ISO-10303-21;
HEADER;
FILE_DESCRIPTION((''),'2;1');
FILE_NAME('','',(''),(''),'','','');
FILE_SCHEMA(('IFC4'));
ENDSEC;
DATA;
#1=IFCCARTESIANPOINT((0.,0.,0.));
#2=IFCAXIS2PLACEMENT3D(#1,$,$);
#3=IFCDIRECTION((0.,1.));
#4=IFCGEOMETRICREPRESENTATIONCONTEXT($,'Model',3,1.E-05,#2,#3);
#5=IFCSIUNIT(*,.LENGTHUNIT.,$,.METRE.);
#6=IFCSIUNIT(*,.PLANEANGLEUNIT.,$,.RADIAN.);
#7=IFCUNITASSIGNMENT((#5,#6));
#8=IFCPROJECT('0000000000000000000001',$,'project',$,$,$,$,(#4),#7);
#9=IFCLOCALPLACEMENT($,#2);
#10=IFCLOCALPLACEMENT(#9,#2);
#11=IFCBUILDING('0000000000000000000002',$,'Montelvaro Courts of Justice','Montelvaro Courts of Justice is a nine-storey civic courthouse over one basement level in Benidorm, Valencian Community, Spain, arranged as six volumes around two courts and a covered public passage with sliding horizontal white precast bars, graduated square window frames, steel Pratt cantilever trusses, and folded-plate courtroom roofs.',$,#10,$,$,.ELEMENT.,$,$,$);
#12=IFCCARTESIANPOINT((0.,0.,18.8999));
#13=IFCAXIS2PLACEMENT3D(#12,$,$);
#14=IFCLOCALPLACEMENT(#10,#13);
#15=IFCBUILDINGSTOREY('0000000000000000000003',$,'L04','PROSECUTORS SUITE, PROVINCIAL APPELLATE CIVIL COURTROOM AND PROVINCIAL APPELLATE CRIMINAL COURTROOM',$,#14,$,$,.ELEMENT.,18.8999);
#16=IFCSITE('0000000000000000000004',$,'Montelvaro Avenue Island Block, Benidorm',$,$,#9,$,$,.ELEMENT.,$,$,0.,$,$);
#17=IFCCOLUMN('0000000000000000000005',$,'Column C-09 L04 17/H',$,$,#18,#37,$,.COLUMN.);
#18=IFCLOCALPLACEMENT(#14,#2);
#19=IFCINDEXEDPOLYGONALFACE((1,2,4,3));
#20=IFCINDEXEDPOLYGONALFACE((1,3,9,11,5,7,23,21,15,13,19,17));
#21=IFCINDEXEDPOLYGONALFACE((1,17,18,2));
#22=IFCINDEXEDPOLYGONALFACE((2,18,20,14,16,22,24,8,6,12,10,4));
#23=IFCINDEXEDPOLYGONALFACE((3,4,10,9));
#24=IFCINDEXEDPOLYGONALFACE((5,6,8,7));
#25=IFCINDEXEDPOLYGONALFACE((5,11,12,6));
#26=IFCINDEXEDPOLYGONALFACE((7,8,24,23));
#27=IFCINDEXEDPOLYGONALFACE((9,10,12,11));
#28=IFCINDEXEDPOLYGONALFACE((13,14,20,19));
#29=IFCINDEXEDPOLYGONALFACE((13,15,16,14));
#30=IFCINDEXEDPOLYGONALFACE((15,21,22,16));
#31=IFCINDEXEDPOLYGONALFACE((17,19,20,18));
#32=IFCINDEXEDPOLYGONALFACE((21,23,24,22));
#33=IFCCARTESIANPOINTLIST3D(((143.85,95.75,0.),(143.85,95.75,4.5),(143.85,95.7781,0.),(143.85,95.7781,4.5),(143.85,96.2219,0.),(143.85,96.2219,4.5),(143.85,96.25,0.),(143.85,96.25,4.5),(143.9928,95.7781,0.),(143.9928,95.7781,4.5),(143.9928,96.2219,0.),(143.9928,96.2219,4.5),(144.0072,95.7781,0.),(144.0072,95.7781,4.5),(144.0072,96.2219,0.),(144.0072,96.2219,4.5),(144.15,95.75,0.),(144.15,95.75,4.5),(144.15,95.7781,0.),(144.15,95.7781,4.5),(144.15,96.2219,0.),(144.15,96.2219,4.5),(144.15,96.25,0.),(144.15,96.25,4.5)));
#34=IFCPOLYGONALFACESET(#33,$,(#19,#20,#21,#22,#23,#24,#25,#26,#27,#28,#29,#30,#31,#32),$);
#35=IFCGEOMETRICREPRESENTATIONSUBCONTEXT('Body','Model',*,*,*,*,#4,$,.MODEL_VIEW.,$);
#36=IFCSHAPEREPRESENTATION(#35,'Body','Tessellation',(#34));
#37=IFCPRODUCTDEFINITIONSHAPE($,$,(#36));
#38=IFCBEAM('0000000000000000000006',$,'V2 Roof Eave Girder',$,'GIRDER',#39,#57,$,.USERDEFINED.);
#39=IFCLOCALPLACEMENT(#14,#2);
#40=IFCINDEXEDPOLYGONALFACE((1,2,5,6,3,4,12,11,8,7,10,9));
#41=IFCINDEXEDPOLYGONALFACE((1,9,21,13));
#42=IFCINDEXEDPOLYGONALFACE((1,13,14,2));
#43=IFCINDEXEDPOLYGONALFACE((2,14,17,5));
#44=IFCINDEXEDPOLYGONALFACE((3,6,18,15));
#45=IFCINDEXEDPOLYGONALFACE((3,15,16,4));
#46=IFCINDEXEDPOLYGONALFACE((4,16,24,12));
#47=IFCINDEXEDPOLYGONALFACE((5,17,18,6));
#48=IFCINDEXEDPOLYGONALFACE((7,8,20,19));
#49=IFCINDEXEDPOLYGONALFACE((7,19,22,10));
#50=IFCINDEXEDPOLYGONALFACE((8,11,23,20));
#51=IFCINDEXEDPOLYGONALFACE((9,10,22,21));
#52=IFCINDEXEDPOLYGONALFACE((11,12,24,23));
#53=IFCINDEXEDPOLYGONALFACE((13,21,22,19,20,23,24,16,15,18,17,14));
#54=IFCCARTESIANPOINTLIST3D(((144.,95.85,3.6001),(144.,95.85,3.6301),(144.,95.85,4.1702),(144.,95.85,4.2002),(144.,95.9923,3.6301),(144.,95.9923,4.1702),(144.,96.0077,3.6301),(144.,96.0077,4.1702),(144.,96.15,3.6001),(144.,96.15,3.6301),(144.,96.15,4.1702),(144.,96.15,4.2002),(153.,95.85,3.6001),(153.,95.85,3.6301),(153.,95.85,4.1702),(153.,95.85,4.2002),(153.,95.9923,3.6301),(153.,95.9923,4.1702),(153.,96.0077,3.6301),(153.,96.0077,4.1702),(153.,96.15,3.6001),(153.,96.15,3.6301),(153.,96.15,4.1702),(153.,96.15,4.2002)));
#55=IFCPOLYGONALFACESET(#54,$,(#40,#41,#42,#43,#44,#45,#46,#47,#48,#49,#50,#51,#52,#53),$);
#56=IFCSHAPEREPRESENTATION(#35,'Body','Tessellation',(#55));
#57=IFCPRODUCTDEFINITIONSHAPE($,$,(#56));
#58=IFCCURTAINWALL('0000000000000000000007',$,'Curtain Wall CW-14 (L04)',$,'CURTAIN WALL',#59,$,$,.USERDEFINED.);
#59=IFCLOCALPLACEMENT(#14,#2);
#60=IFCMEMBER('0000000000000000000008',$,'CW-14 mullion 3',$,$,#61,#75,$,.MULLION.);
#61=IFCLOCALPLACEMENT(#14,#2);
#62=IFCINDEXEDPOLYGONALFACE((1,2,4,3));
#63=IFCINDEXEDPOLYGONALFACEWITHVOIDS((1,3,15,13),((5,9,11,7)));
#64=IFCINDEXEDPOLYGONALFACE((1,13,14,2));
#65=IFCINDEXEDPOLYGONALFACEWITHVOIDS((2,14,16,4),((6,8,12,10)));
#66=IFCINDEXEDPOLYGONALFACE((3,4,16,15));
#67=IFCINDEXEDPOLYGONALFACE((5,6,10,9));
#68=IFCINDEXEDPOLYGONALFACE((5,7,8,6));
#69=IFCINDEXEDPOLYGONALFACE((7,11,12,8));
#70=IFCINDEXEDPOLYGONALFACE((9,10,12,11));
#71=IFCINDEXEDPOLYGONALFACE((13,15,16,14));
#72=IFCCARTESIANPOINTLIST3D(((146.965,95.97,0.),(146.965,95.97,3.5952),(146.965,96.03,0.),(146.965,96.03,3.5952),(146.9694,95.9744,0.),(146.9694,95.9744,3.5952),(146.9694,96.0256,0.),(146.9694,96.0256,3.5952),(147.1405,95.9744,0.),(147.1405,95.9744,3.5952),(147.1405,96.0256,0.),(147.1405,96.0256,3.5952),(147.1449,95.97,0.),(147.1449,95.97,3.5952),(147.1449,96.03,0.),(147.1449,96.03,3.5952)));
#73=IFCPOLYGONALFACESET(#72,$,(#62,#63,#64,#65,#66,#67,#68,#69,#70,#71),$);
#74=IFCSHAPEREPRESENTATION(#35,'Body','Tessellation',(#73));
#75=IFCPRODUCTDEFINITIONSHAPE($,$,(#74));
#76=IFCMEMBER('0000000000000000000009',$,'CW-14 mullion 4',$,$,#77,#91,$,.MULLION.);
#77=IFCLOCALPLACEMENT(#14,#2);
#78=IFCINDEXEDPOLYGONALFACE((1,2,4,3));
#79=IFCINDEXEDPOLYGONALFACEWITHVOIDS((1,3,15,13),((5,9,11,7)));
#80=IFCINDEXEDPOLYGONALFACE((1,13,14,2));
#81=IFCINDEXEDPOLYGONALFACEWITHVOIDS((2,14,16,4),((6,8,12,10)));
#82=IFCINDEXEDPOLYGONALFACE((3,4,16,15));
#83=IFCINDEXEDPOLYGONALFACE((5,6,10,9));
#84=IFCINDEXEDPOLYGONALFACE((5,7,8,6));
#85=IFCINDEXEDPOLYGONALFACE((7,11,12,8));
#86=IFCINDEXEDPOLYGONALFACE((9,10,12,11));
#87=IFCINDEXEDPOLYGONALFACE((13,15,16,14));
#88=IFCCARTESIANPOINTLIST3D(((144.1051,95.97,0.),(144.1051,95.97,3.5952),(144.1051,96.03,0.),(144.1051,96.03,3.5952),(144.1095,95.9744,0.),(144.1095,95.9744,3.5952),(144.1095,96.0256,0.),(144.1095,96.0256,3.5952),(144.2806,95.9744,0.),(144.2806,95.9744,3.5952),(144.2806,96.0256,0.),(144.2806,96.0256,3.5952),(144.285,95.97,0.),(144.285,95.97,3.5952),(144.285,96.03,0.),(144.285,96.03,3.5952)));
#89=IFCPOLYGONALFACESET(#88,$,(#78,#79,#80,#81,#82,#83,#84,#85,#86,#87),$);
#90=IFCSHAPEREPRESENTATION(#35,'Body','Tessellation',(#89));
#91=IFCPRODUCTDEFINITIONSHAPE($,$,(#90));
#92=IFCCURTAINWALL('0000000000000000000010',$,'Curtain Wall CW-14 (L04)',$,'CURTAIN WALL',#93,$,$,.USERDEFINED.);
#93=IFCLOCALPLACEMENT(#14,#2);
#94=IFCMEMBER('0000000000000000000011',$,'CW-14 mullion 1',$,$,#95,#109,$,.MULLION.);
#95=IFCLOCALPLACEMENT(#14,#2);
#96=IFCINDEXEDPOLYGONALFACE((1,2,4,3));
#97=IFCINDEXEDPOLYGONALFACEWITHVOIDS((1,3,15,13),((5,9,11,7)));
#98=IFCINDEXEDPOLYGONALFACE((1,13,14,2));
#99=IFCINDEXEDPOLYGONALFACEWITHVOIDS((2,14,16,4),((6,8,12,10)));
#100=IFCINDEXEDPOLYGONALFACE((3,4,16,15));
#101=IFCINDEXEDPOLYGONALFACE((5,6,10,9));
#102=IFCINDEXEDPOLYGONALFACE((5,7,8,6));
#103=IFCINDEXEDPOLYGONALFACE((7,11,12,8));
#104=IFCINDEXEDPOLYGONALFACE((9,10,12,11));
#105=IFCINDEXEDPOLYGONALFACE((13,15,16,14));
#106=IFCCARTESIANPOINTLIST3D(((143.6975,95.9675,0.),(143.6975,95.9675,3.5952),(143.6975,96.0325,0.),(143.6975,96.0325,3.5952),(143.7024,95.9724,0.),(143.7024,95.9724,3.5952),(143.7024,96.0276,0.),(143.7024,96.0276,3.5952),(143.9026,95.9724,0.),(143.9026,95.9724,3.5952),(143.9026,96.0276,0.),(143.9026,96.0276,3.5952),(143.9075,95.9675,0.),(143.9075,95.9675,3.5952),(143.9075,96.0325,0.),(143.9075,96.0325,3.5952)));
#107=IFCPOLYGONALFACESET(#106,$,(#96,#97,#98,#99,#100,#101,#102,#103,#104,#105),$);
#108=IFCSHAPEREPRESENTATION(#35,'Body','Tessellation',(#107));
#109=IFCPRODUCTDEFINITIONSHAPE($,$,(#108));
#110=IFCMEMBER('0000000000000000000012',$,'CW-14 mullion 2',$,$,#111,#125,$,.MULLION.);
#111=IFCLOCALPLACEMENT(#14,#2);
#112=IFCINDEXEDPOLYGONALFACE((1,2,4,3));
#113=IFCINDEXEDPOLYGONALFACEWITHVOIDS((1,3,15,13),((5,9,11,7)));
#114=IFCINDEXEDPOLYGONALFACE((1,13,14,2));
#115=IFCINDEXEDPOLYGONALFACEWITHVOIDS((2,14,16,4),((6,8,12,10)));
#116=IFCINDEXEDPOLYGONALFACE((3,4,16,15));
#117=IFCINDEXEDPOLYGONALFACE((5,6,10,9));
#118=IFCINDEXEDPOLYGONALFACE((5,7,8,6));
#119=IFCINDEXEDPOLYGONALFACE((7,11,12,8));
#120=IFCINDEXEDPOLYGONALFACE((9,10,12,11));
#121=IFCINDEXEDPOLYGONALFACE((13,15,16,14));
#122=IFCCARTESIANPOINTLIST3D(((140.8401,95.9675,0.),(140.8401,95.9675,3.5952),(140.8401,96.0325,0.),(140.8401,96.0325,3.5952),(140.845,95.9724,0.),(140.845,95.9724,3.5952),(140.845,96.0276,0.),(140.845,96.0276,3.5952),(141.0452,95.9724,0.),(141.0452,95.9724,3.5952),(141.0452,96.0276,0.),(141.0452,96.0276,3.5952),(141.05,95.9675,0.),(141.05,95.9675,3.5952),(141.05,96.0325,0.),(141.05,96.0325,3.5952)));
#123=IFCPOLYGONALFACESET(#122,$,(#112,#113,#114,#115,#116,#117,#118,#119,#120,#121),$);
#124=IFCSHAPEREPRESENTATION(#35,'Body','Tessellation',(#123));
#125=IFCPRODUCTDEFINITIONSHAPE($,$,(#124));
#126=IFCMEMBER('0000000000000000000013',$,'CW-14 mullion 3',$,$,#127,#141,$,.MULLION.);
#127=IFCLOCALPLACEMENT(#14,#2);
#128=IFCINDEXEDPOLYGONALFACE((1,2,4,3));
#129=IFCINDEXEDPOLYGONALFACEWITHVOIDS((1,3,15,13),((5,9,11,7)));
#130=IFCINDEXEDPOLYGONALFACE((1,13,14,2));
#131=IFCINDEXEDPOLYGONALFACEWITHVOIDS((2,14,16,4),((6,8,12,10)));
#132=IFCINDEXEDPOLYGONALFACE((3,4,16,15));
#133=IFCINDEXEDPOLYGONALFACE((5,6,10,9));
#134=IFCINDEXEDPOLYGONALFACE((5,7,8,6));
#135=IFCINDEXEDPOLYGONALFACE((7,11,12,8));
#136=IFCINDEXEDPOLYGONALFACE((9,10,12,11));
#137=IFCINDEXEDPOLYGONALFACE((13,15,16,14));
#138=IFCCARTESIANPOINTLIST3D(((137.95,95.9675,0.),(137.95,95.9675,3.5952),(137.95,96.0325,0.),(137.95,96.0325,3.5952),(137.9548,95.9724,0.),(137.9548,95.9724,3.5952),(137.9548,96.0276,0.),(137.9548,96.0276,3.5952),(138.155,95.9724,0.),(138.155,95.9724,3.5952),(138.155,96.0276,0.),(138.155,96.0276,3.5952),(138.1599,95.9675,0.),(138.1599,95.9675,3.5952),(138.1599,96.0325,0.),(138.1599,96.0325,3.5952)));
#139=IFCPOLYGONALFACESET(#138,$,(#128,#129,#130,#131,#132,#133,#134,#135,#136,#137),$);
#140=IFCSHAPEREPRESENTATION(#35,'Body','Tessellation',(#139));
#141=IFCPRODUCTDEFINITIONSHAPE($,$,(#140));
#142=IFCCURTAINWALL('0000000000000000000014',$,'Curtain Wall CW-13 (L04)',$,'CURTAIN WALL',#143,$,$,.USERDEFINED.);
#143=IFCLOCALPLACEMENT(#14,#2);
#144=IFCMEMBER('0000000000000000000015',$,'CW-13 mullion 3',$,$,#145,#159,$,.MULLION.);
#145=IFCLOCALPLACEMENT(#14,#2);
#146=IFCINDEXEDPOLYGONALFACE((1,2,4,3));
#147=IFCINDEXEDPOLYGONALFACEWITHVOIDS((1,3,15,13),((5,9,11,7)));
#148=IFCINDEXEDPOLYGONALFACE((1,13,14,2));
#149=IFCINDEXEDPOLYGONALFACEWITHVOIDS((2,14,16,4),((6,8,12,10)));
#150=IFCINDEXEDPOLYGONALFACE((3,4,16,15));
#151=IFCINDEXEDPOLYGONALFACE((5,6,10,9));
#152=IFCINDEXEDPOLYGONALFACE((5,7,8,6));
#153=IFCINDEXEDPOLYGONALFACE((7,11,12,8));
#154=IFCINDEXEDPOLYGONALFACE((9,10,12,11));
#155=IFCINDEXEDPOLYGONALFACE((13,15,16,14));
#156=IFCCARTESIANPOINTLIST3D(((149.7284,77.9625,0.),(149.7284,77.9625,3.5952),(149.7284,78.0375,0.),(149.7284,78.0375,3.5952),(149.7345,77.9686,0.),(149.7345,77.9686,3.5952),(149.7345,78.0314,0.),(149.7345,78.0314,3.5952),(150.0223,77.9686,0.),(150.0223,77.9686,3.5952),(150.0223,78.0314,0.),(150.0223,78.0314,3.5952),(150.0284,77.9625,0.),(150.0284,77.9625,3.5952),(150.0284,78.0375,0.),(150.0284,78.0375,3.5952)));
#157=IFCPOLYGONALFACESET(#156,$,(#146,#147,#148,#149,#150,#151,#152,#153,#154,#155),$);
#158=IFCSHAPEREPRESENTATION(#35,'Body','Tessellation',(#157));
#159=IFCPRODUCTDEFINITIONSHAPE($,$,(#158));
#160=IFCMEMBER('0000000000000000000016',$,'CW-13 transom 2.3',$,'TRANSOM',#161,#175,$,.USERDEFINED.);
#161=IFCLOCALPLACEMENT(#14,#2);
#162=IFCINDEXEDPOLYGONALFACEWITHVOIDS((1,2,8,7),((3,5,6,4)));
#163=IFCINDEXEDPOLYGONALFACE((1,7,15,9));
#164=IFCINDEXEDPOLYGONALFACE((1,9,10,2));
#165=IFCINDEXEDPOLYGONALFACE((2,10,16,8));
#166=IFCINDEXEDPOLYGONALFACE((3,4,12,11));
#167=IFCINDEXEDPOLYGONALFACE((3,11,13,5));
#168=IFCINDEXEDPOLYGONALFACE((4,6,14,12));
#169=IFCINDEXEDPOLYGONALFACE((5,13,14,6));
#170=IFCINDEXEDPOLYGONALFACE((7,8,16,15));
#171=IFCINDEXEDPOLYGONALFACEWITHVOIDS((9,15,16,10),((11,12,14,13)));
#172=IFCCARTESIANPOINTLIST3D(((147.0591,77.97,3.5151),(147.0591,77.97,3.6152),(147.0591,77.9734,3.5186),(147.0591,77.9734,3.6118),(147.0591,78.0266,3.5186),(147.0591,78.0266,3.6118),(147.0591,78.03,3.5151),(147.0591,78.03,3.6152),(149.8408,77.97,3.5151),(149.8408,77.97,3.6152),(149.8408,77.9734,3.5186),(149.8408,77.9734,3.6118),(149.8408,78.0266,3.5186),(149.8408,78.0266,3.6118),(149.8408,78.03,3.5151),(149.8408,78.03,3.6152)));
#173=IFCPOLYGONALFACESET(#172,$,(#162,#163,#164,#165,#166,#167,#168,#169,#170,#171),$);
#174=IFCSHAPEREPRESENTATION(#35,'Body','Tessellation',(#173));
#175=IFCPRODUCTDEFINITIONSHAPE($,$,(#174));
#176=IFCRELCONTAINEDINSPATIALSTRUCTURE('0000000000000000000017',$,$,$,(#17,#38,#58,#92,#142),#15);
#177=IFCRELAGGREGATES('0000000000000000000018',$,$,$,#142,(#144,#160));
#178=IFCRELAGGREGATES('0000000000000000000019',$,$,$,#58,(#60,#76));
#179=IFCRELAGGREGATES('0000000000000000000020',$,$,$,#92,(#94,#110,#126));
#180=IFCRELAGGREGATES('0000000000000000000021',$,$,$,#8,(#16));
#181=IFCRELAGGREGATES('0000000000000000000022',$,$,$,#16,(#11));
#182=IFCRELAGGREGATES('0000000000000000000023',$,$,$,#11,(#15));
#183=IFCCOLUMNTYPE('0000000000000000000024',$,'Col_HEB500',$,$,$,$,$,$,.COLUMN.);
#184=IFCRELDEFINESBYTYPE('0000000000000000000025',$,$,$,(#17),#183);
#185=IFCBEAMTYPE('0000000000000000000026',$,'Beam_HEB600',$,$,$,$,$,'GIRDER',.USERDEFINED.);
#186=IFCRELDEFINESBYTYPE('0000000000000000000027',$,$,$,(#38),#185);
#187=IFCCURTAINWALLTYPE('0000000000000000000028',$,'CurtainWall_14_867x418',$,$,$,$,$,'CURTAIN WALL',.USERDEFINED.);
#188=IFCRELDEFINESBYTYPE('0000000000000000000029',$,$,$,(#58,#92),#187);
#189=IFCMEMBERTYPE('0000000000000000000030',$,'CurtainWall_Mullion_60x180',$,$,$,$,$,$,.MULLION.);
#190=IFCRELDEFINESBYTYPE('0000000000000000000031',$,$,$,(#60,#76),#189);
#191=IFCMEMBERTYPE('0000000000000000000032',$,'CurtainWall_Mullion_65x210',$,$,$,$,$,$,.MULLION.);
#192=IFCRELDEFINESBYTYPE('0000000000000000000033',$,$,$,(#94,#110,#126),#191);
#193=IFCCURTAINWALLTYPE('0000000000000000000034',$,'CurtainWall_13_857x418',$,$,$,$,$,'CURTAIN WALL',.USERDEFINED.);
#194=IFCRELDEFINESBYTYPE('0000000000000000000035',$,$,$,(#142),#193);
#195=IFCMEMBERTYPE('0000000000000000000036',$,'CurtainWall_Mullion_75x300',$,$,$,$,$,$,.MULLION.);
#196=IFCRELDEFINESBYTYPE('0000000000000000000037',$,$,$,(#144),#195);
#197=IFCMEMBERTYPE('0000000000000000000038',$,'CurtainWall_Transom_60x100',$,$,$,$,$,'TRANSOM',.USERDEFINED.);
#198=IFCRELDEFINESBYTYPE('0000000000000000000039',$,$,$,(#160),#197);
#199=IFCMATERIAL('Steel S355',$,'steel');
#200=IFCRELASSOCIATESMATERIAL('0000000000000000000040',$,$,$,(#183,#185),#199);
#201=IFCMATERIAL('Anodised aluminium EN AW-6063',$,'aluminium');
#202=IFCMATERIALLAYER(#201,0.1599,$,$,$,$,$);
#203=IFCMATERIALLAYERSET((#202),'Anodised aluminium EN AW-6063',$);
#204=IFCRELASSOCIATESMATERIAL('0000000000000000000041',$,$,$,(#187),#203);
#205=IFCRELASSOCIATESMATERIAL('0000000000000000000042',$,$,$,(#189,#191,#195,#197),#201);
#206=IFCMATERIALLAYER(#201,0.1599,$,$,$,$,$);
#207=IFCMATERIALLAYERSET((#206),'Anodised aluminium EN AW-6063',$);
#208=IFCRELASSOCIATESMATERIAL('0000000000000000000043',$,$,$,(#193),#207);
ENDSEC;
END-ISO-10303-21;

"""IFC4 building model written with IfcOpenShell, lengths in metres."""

from ifc_helpers import new_model, si_unit, direction, frame, origin, origin_2d, place, context, subcontext, project, spatial, hollow_rectangle, i_section, extrude, material, layer, layer_set, material_profile, profile_set, type_object, element, aggregate, save


model = new_model("IFC4")

# Units and contexts
model_context = context("Model", 3, precision=1e-05, world=origin(), true_north=direction((0.0, 1.0)))
body_context = subcontext(model_context, "Body", "Model", "MODEL_VIEW")
ifc_project = project(units=[si_unit("LENGTHUNIT", "METRE"), si_unit("PLANEANGLEUNIT", "RADIAN")], contexts=[model_context])

# Site, building, storey
site_placement = place(None, origin())
site = spatial("IfcSite", under=ifc_project, at=site_placement, Name="Montelvaro Avenue Island Block, Benidorm", CompositionType="ELEMENT", RefElevation=0.0)
building_placement = place(site_placement, origin())
building = spatial("IfcBuilding", under=site, at=building_placement, Name="Montelvaro Courts of Justice", Description="Montelvaro Courts of Justice is a nine-storey civic courthouse over one basement level in Benidorm, Valencian Community, Spain, arranged as six volumes around two courts and a covered public passage with sliding horizontal white precast bars, graduated square window frames, steel Pratt cantilever trusses, and folded-plate courtroom roofs.", CompositionType="ELEMENT")
storey_placement = place(building_placement, frame((0.0, 0.0, 18.8999)))
storey = spatial("IfcBuildingStorey", under=building, at=storey_placement, Name="L04", Description="PROSECUTORS SUITE, PROVINCIAL APPELLATE CIVIL COURTROOM AND PROVINCIAL APPELLATE CRIMINAL COURTROOM", CompositionType="ELEMENT", Elevation=18.8999)

# Column
ifc_material_1 = material(Name="Steel S355", Category="steel")
ifc_material_profile_1 = material_profile(ifc_material_1, i_section(OverallWidth=0.3, OverallDepth=0.5, WebThickness=0.0144, FlangeThickness=0.0281, at=origin_2d()), Name="HEB 500")
ifc_profile_set_1 = profile_set([ifc_material_profile_1], Name="Steel S355")
column_type = type_object("IfcColumnType", Name="Col_HEB500", PredefinedType="COLUMN", material=ifc_profile_set_1)
column_placement = place(storey_placement, frame((144.0, 96.0, 0.0), z_axis=(0.0, 0.0, 1.0), x_axis=(1.0, 0.0, 0.0)))
element("IfcColumn", 1, at=column_placement, inside=storey, type_object=column_type, Name="Column C-09 L04 17/H", PredefinedType="COLUMN", context=body_context, shape_type="SweptSolid", body=[
    extrude(i_section(OverallWidth=0.3, OverallDepth=0.5, WebThickness=0.0144, FlangeThickness=0.0281, at=origin_2d()), origin(), (0.0, 0.0, 1.0), 4.5),
])

# Beam
ifc_material_profile_2 = material_profile(ifc_material_1, i_section(OverallWidth=0.3, OverallDepth=0.6001, WebThickness=0.0154, FlangeThickness=0.03, at=origin_2d()), Name="HEB 600")
ifc_profile_set_2 = profile_set([ifc_material_profile_2], Name="Steel S355")
beam_type = type_object("IfcBeamType", Name="Beam_HEB600", ElementType="GIRDER", PredefinedType="USERDEFINED", material=ifc_profile_set_2)
beam_placement = place(storey_placement, frame((144.0, 96.0, 3.9001), z_axis=(1.0, 0.0, 0.0), x_axis=(0.0, 1.0, 0.0)))
element("IfcBeam", 2, at=beam_placement, inside=storey, type_object=beam_type, Name="V2 Roof Eave Girder", ObjectType="GIRDER", PredefinedType="USERDEFINED", context=body_context, shape_type="SweptSolid", body=[
    extrude(i_section(OverallWidth=0.3, OverallDepth=0.6001, WebThickness=0.0154, FlangeThickness=0.03, at=origin_2d()), origin(), (0.0, 0.0, 1.0), 9.0),
])

# Curtain walls, members
ifc_material_2 = material(Name="Anodised aluminium EN AW-6063", Category="aluminium")
ifc_layer_1 = layer(ifc_material_2, 0.1599)
ifc_layer_set_1 = layer_set([ifc_layer_1], Name="Anodised aluminium EN AW-6063")
curtain_wall_type_1 = type_object("IfcCurtainWallType", Name="CurtainWall_14_867x418", ElementType="CURTAIN WALL", PredefinedType="USERDEFINED", material=ifc_layer_set_1)
curtain_wall_1_placement = place(storey_placement, origin())
curtain_wall_1 = element("IfcCurtainWall", 3, at=curtain_wall_1_placement, inside=storey, type_object=curtain_wall_type_1, Name="Curtain Wall CW-14 (L04)", ObjectType="CURTAIN WALL", PredefinedType="USERDEFINED")
ifc_material_profile_3 = material_profile(ifc_material_2, hollow_rectangle(XDim=0.0601, YDim=0.1799, WallThickness=0.0044, at=origin_2d()), Name="ALU-M 60x180")
ifc_profile_set_3 = profile_set([ifc_material_profile_3], Name="Anodised aluminium EN AW-6063")
member_type_1 = type_object("IfcMemberType", Name="CurtainWall_Mullion_60x180", PredefinedType="MULLION", material=ifc_profile_set_3)
member_1_placement = place(storey_placement, frame((147.0549, 96.0, 0.0), z_axis=(0.0, 0.0, 1.0), x_axis=(0.0, -1.0, 0.0)))
member_1 = element("IfcMember", 4, at=member_1_placement, type_object=member_type_1, Name="CW-14 mullion 3", PredefinedType="MULLION", context=body_context, shape_type="SweptSolid", body=[
    extrude(hollow_rectangle(XDim=0.0601, YDim=0.1799, WallThickness=0.0044, at=origin_2d()), origin(), (0.0, 0.0, 1.0), 3.5952),
])
member_2_placement = place(storey_placement, frame((144.1951, 96.0, 0.0), z_axis=(0.0, 0.0, 1.0), x_axis=(0.0, -1.0, 0.0)))
member_2 = element("IfcMember", 5, at=member_2_placement, type_object=member_type_1, Name="CW-14 mullion 4", PredefinedType="MULLION", context=body_context, shape_type="SweptSolid", body=[
    extrude(hollow_rectangle(XDim=0.0601, YDim=0.1799, WallThickness=0.0044, at=origin_2d()), origin(), (0.0, 0.0, 1.0), 3.5952),
])
curtain_wall_2_placement = place(storey_placement, origin())
curtain_wall_2 = element("IfcCurtainWall", 6, at=curtain_wall_2_placement, inside=storey, type_object=curtain_wall_type_1, Name="Curtain Wall CW-14 (L04)", ObjectType="CURTAIN WALL", PredefinedType="USERDEFINED")
ifc_material_profile_4 = material_profile(ifc_material_2, hollow_rectangle(XDim=0.0649, YDim=0.21, WallThickness=0.0049, at=origin_2d()), Name="ALU-M 65x210")
ifc_profile_set_4 = profile_set([ifc_material_profile_4], Name="Anodised aluminium EN AW-6063")
member_type_2 = type_object("IfcMemberType", Name="CurtainWall_Mullion_65x210", PredefinedType="MULLION", material=ifc_profile_set_4)
member_3_placement = place(storey_placement, frame((143.8025, 96.0, 0.0), z_axis=(0.0, 0.0, 1.0), x_axis=(0.0, -1.0, 0.0)))
member_3 = element("IfcMember", 7, at=member_3_placement, type_object=member_type_2, Name="CW-14 mullion 1", PredefinedType="MULLION", context=body_context, shape_type="SweptSolid", body=[
    extrude(hollow_rectangle(XDim=0.0649, YDim=0.21, WallThickness=0.0049, at=origin_2d()), origin(), (0.0, 0.0, 1.0), 3.5952),
])
member_4_placement = place(storey_placement, frame((140.9451, 96.0, 0.0), z_axis=(0.0, 0.0, 1.0), x_axis=(0.0, -1.0, 0.0)))
member_4 = element("IfcMember", 8, at=member_4_placement, type_object=member_type_2, Name="CW-14 mullion 2", PredefinedType="MULLION", context=body_context, shape_type="SweptSolid", body=[
    extrude(hollow_rectangle(XDim=0.0649, YDim=0.21, WallThickness=0.0049, at=origin_2d()), origin(), (0.0, 0.0, 1.0), 3.5952),
])
member_5_placement = place(storey_placement, frame((138.0549, 96.0, 0.0), z_axis=(0.0, 0.0, 1.0), x_axis=(0.0, -1.0, 0.0)))
member_5 = element("IfcMember", 9, at=member_5_placement, type_object=member_type_2, Name="CW-14 mullion 3", PredefinedType="MULLION", context=body_context, shape_type="SweptSolid", body=[
    extrude(hollow_rectangle(XDim=0.0649, YDim=0.21, WallThickness=0.0049, at=origin_2d()), origin(), (0.0, 0.0, 1.0), 3.5952),
])
ifc_layer_2 = layer(ifc_material_2, 0.1599)
ifc_layer_set_2 = layer_set([ifc_layer_2], Name="Anodised aluminium EN AW-6063")
curtain_wall_type_2 = type_object("IfcCurtainWallType", Name="CurtainWall_13_857x418", ElementType="CURTAIN WALL", PredefinedType="USERDEFINED", material=ifc_layer_set_2)
curtain_wall_3_placement = place(storey_placement, origin())
curtain_wall_3 = element("IfcCurtainWall", 10, at=curtain_wall_3_placement, inside=storey, type_object=curtain_wall_type_2, Name="Curtain Wall CW-13 (L04)", ObjectType="CURTAIN WALL", PredefinedType="USERDEFINED")
ifc_material_profile_5 = material_profile(ifc_material_2, hollow_rectangle(XDim=0.075, YDim=0.3, WallThickness=0.0061, at=origin_2d()), Name="ALU-M 75x300")
ifc_profile_set_5 = profile_set([ifc_material_profile_5], Name="Anodised aluminium EN AW-6063")
member_type_3 = type_object("IfcMemberType", Name="CurtainWall_Mullion_75x300", PredefinedType="MULLION", material=ifc_profile_set_5)
member_6_placement = place(storey_placement, frame((149.8784, 78.0, 0.0), z_axis=(0.0, 0.0, 1.0), x_axis=(0.0, 1.0, 0.0)))
member_6 = element("IfcMember", 11, at=member_6_placement, type_object=member_type_3, Name="CW-13 mullion 3", PredefinedType="MULLION", context=body_context, shape_type="SweptSolid", body=[
    extrude(hollow_rectangle(XDim=0.075, YDim=0.3, WallThickness=0.0061, at=origin_2d()), origin(), (0.0, 0.0, 1.0), 3.5952),
])
ifc_material_profile_6 = material_profile(ifc_material_2, hollow_rectangle(XDim=0.0601, YDim=0.1001, WallThickness=0.0034, at=origin_2d()), Name="ALU-T 60x100")
ifc_profile_set_6 = profile_set([ifc_material_profile_6], Name="Anodised aluminium EN AW-6063")
member_type_4 = type_object("IfcMemberType", Name="CurtainWall_Transom_60x100", ElementType="TRANSOM", PredefinedType="USERDEFINED", material=ifc_profile_set_6)
member_7_placement = place(storey_placement, frame((147.0591, 78.0, 3.5652), z_axis=(1.0, 0.0, 0.0), x_axis=(0.0, 1.0, 0.0)))
member_7 = element("IfcMember", 12, at=member_7_placement, type_object=member_type_4, Name="CW-13 transom 2.3", ObjectType="TRANSOM", PredefinedType="USERDEFINED", context=body_context, shape_type="SweptSolid", body=[
    extrude(hollow_rectangle(XDim=0.0601, YDim=0.1001, WallThickness=0.0034, at=origin_2d()), origin(), (0.0, 0.0, 1.0), 2.7817),
])

aggregate(curtain_wall_3, [member_6, member_7])
aggregate(curtain_wall_1, [member_1, member_2])
aggregate(curtain_wall_2, [member_3, member_4, member_5])

save(model, "model.ifc")
